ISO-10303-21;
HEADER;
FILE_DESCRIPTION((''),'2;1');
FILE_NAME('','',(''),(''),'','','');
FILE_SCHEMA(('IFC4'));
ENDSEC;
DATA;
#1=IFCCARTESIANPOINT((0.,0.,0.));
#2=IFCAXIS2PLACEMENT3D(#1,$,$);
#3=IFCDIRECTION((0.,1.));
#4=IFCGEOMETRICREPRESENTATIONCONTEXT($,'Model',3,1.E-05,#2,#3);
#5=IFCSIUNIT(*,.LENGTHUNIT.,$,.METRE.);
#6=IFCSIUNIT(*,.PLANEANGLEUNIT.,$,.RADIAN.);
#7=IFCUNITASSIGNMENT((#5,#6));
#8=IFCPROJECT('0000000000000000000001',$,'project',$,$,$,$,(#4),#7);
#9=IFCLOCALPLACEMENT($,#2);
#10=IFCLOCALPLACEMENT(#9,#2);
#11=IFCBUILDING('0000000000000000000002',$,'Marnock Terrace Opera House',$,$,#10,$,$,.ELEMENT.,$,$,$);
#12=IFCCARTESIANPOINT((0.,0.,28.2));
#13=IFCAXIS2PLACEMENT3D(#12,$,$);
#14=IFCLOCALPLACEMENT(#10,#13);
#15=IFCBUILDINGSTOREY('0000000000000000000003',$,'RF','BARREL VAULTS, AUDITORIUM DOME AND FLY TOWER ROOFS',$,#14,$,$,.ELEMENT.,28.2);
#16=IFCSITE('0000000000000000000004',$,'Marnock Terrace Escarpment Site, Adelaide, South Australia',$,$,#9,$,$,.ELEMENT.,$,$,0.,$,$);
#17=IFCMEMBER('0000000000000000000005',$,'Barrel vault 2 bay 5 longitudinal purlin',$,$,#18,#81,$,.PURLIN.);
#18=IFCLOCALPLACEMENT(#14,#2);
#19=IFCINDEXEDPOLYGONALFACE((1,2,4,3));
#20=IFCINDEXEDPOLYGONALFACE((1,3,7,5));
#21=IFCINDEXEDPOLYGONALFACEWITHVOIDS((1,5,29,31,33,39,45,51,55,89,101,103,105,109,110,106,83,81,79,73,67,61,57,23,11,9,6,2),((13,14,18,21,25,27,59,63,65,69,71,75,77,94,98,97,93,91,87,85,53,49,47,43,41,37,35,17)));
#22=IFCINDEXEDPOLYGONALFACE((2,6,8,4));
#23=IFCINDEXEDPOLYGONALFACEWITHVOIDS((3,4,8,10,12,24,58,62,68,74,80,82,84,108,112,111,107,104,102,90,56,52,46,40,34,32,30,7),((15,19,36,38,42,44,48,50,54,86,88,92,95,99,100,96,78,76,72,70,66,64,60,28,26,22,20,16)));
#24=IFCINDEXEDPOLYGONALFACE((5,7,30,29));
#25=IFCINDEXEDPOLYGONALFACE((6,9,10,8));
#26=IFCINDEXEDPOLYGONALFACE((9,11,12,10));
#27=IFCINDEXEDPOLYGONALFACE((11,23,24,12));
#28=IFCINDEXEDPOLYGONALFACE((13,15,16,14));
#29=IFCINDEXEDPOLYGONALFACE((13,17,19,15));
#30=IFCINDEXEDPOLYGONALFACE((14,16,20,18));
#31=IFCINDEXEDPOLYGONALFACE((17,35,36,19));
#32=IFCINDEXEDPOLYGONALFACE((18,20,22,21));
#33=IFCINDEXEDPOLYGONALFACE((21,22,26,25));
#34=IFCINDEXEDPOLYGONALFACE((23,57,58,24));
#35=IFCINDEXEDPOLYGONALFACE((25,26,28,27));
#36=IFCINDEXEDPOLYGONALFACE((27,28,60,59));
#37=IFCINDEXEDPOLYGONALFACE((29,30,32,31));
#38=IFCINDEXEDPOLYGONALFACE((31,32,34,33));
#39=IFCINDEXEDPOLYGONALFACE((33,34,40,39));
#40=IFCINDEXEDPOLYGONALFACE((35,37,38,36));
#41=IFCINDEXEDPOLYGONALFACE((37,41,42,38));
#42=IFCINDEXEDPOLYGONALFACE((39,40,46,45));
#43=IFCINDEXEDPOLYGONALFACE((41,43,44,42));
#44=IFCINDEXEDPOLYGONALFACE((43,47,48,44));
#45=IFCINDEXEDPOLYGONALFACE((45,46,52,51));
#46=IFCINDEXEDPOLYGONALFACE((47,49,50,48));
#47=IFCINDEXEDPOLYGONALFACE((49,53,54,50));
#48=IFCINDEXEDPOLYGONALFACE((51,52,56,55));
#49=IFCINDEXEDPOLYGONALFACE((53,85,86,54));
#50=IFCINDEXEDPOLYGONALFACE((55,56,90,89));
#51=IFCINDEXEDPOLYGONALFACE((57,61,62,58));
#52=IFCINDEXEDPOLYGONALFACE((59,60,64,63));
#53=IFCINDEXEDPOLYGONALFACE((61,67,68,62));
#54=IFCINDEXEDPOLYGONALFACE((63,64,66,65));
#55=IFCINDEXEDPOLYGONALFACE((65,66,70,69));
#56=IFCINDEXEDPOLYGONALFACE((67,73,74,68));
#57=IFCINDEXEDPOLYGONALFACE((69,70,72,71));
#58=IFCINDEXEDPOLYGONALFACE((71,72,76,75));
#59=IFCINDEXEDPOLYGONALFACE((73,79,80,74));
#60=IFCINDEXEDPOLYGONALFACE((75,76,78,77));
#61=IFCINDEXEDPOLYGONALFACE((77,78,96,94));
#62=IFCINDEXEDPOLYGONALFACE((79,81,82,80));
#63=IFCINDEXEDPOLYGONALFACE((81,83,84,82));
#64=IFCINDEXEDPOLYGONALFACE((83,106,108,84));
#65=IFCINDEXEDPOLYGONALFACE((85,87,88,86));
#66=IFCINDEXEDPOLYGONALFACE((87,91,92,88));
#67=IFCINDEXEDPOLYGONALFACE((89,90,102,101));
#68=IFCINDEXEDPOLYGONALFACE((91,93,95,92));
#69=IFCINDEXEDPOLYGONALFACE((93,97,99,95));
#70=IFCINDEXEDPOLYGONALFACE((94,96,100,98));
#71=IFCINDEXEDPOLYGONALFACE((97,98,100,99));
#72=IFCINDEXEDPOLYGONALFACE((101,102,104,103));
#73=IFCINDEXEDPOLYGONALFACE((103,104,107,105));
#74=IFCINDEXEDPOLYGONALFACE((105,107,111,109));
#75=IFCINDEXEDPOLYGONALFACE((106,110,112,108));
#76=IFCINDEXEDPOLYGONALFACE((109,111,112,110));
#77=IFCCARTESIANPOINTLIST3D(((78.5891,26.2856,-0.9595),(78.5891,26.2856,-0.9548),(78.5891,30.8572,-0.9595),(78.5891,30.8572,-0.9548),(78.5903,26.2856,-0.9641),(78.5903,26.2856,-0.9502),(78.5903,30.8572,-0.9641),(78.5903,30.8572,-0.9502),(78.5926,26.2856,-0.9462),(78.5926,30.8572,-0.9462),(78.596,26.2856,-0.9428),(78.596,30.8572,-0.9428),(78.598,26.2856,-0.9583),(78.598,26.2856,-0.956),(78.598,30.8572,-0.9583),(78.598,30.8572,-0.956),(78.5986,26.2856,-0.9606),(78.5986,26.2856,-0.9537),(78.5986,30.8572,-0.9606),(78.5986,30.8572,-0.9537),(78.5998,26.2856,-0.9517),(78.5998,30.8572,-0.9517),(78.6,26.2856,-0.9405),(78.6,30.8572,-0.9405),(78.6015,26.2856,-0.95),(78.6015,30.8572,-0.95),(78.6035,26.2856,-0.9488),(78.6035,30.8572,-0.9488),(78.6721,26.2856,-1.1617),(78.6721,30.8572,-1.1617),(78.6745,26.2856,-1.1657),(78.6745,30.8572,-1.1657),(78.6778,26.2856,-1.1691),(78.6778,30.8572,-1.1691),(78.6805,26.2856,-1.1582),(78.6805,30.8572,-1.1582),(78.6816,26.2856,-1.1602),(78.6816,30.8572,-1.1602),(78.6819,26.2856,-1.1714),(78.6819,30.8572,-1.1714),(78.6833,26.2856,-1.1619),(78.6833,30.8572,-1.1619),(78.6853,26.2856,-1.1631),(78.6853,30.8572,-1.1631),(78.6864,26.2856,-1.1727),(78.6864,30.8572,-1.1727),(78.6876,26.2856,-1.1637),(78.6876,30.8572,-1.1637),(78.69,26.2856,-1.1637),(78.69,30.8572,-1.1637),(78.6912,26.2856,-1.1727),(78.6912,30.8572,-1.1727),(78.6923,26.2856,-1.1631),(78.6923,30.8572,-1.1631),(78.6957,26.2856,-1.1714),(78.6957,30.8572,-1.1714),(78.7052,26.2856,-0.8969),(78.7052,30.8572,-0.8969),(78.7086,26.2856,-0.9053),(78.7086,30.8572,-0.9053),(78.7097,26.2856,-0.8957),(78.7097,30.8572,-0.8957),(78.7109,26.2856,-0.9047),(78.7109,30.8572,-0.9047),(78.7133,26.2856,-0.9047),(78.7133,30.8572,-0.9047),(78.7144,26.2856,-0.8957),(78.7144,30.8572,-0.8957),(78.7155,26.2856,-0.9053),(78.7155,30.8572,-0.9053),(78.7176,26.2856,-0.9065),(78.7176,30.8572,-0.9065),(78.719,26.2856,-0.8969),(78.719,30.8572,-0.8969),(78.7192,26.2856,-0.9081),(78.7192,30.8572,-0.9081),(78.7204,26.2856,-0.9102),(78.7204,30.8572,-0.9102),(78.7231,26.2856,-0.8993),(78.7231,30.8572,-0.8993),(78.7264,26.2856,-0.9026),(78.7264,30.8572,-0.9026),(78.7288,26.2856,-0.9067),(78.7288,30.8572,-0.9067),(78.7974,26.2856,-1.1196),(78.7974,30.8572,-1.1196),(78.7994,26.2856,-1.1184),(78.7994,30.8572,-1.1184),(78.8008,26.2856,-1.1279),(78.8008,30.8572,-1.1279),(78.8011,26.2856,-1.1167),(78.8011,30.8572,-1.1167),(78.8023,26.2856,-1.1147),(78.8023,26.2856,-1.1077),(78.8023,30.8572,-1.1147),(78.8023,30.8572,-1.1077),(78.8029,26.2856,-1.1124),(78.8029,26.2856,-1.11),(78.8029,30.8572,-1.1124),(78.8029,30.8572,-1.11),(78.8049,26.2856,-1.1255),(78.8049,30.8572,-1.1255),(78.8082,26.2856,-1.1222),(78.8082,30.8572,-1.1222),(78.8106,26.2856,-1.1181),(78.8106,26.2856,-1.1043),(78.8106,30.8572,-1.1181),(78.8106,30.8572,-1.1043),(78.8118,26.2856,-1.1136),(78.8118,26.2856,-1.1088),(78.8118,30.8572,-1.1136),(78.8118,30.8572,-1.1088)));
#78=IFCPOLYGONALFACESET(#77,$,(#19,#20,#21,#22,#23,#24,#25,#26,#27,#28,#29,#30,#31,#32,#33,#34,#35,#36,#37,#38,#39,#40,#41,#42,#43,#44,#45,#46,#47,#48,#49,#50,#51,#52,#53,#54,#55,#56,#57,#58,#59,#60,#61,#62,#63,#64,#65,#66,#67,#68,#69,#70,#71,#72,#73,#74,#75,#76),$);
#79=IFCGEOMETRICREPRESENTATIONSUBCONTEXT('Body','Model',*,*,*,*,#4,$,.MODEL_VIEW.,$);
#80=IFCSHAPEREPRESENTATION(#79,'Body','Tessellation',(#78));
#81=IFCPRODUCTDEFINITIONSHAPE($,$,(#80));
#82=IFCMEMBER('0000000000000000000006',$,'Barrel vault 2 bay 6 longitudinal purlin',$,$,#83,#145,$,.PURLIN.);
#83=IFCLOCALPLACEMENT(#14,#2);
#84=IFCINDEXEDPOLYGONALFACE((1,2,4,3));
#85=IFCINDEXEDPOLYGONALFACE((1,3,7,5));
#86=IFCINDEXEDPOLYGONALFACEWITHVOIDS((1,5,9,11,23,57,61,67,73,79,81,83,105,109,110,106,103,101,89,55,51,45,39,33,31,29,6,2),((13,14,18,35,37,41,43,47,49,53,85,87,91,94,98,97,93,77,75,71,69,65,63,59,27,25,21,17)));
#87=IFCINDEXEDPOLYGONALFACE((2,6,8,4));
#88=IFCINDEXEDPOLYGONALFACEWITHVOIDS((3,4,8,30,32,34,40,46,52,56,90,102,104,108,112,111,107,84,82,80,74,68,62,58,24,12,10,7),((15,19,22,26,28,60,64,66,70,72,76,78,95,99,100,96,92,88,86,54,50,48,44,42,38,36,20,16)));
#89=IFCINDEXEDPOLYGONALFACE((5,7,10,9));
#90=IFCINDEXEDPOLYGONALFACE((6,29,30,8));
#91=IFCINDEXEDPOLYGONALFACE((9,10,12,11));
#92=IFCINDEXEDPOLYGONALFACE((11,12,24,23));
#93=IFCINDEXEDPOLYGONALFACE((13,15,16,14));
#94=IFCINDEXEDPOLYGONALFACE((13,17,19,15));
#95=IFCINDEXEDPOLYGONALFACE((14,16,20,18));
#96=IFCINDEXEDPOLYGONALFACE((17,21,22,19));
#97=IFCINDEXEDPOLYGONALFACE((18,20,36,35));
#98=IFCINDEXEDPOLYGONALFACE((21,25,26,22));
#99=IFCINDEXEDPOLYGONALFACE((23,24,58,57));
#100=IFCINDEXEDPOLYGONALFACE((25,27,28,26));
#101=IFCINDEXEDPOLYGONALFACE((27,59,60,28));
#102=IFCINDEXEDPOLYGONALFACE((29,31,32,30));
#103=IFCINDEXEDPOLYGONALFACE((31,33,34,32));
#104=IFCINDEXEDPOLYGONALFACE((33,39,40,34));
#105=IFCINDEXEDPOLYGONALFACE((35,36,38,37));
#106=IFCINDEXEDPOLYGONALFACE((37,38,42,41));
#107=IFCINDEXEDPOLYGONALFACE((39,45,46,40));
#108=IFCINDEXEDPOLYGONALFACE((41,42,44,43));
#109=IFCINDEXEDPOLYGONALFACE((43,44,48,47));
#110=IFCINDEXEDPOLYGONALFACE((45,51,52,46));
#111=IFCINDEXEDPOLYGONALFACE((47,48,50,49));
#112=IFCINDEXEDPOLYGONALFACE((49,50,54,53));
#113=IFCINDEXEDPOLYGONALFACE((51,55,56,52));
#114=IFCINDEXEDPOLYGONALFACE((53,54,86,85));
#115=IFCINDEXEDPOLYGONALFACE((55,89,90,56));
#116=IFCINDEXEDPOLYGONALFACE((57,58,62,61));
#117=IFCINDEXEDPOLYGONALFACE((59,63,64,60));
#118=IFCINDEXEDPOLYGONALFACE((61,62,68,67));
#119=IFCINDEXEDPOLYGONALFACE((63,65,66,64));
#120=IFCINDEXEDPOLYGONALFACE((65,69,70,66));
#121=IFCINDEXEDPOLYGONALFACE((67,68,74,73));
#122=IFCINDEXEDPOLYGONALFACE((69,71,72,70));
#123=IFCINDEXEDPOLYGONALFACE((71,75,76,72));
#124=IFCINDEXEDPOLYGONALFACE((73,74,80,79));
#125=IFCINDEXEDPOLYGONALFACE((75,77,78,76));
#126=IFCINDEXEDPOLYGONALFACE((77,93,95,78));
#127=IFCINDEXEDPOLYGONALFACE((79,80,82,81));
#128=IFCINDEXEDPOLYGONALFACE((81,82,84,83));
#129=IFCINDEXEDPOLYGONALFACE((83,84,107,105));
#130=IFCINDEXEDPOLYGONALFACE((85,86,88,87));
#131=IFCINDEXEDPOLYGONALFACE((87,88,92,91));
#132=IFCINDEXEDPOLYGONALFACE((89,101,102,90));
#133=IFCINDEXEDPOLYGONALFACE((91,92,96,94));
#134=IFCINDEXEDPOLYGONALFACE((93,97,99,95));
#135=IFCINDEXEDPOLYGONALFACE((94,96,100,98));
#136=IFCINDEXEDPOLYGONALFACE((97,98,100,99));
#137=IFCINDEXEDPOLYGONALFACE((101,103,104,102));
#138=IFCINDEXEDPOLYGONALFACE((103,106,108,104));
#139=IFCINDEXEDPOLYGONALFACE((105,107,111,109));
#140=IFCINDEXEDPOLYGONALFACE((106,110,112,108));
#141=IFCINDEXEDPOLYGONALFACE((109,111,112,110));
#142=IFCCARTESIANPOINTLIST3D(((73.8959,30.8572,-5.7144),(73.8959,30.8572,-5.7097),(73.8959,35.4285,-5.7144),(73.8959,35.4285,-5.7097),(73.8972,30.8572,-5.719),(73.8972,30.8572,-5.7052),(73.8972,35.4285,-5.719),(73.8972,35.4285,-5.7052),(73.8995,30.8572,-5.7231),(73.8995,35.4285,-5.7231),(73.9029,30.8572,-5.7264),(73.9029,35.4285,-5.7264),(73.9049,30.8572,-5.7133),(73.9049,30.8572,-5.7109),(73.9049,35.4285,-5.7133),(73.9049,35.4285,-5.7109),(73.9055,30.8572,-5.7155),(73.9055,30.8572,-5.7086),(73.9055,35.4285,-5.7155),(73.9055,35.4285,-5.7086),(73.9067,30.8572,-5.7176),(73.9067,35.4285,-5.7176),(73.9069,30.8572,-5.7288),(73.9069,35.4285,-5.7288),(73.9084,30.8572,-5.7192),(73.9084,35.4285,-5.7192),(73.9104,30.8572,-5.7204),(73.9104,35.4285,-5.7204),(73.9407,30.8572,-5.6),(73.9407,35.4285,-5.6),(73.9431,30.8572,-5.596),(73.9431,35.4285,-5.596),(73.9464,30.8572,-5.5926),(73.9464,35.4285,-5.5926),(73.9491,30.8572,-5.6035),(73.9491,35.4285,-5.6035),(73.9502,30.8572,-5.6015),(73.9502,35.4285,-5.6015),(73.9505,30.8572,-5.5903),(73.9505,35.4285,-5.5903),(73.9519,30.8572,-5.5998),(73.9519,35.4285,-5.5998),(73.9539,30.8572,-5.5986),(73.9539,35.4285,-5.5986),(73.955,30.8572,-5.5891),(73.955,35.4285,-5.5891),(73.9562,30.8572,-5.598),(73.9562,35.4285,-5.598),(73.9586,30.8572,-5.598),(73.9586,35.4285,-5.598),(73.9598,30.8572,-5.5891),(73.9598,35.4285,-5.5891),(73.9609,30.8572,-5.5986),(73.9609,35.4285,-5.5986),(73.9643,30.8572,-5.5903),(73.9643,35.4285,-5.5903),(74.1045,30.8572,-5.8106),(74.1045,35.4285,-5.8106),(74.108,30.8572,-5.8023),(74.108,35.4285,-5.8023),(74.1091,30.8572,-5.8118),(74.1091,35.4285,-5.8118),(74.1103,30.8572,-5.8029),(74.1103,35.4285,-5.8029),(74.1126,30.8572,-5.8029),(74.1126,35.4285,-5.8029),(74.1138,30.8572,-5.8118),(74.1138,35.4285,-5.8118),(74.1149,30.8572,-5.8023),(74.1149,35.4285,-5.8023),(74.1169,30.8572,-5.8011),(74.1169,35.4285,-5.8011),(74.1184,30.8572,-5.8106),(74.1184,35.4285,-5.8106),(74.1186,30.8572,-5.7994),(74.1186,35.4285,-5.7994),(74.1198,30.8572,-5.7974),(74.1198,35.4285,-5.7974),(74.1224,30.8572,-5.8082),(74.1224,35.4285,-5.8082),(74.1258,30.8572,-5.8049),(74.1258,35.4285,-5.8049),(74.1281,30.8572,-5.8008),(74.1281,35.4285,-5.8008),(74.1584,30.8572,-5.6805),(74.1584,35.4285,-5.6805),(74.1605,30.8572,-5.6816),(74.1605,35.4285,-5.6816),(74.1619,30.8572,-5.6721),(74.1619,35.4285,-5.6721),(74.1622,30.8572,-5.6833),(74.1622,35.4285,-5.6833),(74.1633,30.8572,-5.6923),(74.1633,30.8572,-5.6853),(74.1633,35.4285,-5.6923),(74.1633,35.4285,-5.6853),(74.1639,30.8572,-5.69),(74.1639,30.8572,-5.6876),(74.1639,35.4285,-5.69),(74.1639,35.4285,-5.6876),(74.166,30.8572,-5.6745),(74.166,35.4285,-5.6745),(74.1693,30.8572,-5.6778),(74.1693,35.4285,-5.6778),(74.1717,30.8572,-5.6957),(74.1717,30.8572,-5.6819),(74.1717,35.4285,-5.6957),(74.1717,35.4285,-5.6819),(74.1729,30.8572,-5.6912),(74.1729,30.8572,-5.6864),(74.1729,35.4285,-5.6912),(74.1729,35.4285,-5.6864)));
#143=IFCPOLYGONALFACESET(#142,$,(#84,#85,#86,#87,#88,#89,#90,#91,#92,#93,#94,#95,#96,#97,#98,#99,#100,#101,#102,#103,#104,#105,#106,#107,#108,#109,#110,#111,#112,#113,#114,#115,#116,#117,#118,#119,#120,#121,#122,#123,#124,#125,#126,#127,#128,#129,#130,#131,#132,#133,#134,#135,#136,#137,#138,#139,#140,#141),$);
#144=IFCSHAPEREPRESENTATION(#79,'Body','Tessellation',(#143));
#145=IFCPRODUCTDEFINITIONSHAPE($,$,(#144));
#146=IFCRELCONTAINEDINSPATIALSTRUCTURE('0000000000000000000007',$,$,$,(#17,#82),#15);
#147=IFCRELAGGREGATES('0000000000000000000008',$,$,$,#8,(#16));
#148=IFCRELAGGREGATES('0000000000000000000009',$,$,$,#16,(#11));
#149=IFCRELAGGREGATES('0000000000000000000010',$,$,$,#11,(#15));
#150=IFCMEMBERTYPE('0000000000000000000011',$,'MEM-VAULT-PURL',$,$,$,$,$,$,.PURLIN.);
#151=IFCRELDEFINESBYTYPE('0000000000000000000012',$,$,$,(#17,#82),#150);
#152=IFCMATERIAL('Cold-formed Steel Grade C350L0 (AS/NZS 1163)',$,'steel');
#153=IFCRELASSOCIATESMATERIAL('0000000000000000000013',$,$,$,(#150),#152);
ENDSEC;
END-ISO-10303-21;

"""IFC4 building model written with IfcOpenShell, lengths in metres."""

from ifc_helpers import new_model, si_unit, direction, frame, origin, origin_2d, place, context, subcontext, project, spatial, hollow_rectangle, extrude, material, material_profile, profile_set, type_object, element, save


model = new_model("IFC4")

# Units and contexts
model_context = context("Model", 3, precision=1e-05, world=origin(), true_north=direction((0.0, 1.0)))
body_context = subcontext(model_context, "Body", "Model", "MODEL_VIEW")
ifc_project = project(units=[si_unit("LENGTHUNIT", "METRE"), si_unit("PLANEANGLEUNIT", "RADIAN")], contexts=[model_context])

# Site, building, storey
site_placement = place(None, origin())
site = spatial("IfcSite", under=ifc_project, at=site_placement, Name="Marnock Terrace Escarpment Site, Adelaide, South Australia", CompositionType="ELEMENT", RefElevation=0.0)
building_placement = place(site_placement, origin())
building = spatial("IfcBuilding", under=site, at=building_placement, Name="Marnock Terrace Opera House", CompositionType="ELEMENT")
storey_placement = place(building_placement, frame((0.0, 0.0, 28.2)))
storey = spatial("IfcBuildingStorey", under=building, at=storey_placement, Name="RF", Description="BARREL VAULTS, AUDITORIUM DOME AND FLY TOWER ROOFS", CompositionType="ELEMENT", Elevation=28.2)

# Members
ifc_material = material(Name="Cold-formed Steel Grade C350L0 (AS/NZS 1163)", Category="steel")
ifc_material_profile_1 = material_profile(ifc_material, hollow_rectangle(XDim=0.1499, YDim=0.25, WallThickness=0.009, InnerFilletRadius=0.009, OuterFilletRadius=0.0181, at=origin_2d()))
ifc_profile_set_1 = profile_set([ifc_material_profile_1], Name="Cold-formed Steel Grade C350L0 (AS/NZS 1163)")
member_type_1 = type_object("IfcMemberType", Name="MEM-VAULT-PURL", PredefinedType="PURLIN", material=ifc_profile_set_1)
for number, where, z_axis, x_axis, name in (
    (1, (78.7004, 26.2856, -1.0342), (0.0, 1.0, 0.0), (-0.92388, 0.0, -0.382683), "Barrel vault 2 bay 5 longitudinal purlin"),
):
    element("IfcMember", number, at=place(storey_placement, frame(where, z_axis=z_axis, x_axis=x_axis)), inside=storey, type_object=member_type_1, Name=name, PredefinedType="PURLIN", context=body_context, shape_type="SweptSolid", body=[
        extrude(hollow_rectangle(XDim=0.1499, YDim=0.25, WallThickness=0.009, InnerFilletRadius=0.009, OuterFilletRadius=0.0181, at=origin_2d()), origin(), (0.0, 0.0, 1.0), 4.5715),
    ])
for number, where, z_axis, x_axis, name in (
    (2, (74.0344, 30.8572, -5.7004), (0.0, 1.0, 0.0), (-0.382683, 0.0, -0.92388), "Barrel vault 2 bay 6 longitudinal purlin"),
):
    element("IfcMember", number, at=place(storey_placement, frame(where, z_axis=z_axis, x_axis=x_axis)), inside=storey, type_object=member_type_1, Name=name, PredefinedType="PURLIN", context=body_context, shape_type="SweptSolid", body=[
        extrude(hollow_rectangle(XDim=0.1499, YDim=0.25, WallThickness=0.009, InnerFilletRadius=0.009, OuterFilletRadius=0.0181, at=origin_2d()), origin(), (0.0, 0.0, 1.0), 4.5713),
    ])

save(model, "model.ifc")
